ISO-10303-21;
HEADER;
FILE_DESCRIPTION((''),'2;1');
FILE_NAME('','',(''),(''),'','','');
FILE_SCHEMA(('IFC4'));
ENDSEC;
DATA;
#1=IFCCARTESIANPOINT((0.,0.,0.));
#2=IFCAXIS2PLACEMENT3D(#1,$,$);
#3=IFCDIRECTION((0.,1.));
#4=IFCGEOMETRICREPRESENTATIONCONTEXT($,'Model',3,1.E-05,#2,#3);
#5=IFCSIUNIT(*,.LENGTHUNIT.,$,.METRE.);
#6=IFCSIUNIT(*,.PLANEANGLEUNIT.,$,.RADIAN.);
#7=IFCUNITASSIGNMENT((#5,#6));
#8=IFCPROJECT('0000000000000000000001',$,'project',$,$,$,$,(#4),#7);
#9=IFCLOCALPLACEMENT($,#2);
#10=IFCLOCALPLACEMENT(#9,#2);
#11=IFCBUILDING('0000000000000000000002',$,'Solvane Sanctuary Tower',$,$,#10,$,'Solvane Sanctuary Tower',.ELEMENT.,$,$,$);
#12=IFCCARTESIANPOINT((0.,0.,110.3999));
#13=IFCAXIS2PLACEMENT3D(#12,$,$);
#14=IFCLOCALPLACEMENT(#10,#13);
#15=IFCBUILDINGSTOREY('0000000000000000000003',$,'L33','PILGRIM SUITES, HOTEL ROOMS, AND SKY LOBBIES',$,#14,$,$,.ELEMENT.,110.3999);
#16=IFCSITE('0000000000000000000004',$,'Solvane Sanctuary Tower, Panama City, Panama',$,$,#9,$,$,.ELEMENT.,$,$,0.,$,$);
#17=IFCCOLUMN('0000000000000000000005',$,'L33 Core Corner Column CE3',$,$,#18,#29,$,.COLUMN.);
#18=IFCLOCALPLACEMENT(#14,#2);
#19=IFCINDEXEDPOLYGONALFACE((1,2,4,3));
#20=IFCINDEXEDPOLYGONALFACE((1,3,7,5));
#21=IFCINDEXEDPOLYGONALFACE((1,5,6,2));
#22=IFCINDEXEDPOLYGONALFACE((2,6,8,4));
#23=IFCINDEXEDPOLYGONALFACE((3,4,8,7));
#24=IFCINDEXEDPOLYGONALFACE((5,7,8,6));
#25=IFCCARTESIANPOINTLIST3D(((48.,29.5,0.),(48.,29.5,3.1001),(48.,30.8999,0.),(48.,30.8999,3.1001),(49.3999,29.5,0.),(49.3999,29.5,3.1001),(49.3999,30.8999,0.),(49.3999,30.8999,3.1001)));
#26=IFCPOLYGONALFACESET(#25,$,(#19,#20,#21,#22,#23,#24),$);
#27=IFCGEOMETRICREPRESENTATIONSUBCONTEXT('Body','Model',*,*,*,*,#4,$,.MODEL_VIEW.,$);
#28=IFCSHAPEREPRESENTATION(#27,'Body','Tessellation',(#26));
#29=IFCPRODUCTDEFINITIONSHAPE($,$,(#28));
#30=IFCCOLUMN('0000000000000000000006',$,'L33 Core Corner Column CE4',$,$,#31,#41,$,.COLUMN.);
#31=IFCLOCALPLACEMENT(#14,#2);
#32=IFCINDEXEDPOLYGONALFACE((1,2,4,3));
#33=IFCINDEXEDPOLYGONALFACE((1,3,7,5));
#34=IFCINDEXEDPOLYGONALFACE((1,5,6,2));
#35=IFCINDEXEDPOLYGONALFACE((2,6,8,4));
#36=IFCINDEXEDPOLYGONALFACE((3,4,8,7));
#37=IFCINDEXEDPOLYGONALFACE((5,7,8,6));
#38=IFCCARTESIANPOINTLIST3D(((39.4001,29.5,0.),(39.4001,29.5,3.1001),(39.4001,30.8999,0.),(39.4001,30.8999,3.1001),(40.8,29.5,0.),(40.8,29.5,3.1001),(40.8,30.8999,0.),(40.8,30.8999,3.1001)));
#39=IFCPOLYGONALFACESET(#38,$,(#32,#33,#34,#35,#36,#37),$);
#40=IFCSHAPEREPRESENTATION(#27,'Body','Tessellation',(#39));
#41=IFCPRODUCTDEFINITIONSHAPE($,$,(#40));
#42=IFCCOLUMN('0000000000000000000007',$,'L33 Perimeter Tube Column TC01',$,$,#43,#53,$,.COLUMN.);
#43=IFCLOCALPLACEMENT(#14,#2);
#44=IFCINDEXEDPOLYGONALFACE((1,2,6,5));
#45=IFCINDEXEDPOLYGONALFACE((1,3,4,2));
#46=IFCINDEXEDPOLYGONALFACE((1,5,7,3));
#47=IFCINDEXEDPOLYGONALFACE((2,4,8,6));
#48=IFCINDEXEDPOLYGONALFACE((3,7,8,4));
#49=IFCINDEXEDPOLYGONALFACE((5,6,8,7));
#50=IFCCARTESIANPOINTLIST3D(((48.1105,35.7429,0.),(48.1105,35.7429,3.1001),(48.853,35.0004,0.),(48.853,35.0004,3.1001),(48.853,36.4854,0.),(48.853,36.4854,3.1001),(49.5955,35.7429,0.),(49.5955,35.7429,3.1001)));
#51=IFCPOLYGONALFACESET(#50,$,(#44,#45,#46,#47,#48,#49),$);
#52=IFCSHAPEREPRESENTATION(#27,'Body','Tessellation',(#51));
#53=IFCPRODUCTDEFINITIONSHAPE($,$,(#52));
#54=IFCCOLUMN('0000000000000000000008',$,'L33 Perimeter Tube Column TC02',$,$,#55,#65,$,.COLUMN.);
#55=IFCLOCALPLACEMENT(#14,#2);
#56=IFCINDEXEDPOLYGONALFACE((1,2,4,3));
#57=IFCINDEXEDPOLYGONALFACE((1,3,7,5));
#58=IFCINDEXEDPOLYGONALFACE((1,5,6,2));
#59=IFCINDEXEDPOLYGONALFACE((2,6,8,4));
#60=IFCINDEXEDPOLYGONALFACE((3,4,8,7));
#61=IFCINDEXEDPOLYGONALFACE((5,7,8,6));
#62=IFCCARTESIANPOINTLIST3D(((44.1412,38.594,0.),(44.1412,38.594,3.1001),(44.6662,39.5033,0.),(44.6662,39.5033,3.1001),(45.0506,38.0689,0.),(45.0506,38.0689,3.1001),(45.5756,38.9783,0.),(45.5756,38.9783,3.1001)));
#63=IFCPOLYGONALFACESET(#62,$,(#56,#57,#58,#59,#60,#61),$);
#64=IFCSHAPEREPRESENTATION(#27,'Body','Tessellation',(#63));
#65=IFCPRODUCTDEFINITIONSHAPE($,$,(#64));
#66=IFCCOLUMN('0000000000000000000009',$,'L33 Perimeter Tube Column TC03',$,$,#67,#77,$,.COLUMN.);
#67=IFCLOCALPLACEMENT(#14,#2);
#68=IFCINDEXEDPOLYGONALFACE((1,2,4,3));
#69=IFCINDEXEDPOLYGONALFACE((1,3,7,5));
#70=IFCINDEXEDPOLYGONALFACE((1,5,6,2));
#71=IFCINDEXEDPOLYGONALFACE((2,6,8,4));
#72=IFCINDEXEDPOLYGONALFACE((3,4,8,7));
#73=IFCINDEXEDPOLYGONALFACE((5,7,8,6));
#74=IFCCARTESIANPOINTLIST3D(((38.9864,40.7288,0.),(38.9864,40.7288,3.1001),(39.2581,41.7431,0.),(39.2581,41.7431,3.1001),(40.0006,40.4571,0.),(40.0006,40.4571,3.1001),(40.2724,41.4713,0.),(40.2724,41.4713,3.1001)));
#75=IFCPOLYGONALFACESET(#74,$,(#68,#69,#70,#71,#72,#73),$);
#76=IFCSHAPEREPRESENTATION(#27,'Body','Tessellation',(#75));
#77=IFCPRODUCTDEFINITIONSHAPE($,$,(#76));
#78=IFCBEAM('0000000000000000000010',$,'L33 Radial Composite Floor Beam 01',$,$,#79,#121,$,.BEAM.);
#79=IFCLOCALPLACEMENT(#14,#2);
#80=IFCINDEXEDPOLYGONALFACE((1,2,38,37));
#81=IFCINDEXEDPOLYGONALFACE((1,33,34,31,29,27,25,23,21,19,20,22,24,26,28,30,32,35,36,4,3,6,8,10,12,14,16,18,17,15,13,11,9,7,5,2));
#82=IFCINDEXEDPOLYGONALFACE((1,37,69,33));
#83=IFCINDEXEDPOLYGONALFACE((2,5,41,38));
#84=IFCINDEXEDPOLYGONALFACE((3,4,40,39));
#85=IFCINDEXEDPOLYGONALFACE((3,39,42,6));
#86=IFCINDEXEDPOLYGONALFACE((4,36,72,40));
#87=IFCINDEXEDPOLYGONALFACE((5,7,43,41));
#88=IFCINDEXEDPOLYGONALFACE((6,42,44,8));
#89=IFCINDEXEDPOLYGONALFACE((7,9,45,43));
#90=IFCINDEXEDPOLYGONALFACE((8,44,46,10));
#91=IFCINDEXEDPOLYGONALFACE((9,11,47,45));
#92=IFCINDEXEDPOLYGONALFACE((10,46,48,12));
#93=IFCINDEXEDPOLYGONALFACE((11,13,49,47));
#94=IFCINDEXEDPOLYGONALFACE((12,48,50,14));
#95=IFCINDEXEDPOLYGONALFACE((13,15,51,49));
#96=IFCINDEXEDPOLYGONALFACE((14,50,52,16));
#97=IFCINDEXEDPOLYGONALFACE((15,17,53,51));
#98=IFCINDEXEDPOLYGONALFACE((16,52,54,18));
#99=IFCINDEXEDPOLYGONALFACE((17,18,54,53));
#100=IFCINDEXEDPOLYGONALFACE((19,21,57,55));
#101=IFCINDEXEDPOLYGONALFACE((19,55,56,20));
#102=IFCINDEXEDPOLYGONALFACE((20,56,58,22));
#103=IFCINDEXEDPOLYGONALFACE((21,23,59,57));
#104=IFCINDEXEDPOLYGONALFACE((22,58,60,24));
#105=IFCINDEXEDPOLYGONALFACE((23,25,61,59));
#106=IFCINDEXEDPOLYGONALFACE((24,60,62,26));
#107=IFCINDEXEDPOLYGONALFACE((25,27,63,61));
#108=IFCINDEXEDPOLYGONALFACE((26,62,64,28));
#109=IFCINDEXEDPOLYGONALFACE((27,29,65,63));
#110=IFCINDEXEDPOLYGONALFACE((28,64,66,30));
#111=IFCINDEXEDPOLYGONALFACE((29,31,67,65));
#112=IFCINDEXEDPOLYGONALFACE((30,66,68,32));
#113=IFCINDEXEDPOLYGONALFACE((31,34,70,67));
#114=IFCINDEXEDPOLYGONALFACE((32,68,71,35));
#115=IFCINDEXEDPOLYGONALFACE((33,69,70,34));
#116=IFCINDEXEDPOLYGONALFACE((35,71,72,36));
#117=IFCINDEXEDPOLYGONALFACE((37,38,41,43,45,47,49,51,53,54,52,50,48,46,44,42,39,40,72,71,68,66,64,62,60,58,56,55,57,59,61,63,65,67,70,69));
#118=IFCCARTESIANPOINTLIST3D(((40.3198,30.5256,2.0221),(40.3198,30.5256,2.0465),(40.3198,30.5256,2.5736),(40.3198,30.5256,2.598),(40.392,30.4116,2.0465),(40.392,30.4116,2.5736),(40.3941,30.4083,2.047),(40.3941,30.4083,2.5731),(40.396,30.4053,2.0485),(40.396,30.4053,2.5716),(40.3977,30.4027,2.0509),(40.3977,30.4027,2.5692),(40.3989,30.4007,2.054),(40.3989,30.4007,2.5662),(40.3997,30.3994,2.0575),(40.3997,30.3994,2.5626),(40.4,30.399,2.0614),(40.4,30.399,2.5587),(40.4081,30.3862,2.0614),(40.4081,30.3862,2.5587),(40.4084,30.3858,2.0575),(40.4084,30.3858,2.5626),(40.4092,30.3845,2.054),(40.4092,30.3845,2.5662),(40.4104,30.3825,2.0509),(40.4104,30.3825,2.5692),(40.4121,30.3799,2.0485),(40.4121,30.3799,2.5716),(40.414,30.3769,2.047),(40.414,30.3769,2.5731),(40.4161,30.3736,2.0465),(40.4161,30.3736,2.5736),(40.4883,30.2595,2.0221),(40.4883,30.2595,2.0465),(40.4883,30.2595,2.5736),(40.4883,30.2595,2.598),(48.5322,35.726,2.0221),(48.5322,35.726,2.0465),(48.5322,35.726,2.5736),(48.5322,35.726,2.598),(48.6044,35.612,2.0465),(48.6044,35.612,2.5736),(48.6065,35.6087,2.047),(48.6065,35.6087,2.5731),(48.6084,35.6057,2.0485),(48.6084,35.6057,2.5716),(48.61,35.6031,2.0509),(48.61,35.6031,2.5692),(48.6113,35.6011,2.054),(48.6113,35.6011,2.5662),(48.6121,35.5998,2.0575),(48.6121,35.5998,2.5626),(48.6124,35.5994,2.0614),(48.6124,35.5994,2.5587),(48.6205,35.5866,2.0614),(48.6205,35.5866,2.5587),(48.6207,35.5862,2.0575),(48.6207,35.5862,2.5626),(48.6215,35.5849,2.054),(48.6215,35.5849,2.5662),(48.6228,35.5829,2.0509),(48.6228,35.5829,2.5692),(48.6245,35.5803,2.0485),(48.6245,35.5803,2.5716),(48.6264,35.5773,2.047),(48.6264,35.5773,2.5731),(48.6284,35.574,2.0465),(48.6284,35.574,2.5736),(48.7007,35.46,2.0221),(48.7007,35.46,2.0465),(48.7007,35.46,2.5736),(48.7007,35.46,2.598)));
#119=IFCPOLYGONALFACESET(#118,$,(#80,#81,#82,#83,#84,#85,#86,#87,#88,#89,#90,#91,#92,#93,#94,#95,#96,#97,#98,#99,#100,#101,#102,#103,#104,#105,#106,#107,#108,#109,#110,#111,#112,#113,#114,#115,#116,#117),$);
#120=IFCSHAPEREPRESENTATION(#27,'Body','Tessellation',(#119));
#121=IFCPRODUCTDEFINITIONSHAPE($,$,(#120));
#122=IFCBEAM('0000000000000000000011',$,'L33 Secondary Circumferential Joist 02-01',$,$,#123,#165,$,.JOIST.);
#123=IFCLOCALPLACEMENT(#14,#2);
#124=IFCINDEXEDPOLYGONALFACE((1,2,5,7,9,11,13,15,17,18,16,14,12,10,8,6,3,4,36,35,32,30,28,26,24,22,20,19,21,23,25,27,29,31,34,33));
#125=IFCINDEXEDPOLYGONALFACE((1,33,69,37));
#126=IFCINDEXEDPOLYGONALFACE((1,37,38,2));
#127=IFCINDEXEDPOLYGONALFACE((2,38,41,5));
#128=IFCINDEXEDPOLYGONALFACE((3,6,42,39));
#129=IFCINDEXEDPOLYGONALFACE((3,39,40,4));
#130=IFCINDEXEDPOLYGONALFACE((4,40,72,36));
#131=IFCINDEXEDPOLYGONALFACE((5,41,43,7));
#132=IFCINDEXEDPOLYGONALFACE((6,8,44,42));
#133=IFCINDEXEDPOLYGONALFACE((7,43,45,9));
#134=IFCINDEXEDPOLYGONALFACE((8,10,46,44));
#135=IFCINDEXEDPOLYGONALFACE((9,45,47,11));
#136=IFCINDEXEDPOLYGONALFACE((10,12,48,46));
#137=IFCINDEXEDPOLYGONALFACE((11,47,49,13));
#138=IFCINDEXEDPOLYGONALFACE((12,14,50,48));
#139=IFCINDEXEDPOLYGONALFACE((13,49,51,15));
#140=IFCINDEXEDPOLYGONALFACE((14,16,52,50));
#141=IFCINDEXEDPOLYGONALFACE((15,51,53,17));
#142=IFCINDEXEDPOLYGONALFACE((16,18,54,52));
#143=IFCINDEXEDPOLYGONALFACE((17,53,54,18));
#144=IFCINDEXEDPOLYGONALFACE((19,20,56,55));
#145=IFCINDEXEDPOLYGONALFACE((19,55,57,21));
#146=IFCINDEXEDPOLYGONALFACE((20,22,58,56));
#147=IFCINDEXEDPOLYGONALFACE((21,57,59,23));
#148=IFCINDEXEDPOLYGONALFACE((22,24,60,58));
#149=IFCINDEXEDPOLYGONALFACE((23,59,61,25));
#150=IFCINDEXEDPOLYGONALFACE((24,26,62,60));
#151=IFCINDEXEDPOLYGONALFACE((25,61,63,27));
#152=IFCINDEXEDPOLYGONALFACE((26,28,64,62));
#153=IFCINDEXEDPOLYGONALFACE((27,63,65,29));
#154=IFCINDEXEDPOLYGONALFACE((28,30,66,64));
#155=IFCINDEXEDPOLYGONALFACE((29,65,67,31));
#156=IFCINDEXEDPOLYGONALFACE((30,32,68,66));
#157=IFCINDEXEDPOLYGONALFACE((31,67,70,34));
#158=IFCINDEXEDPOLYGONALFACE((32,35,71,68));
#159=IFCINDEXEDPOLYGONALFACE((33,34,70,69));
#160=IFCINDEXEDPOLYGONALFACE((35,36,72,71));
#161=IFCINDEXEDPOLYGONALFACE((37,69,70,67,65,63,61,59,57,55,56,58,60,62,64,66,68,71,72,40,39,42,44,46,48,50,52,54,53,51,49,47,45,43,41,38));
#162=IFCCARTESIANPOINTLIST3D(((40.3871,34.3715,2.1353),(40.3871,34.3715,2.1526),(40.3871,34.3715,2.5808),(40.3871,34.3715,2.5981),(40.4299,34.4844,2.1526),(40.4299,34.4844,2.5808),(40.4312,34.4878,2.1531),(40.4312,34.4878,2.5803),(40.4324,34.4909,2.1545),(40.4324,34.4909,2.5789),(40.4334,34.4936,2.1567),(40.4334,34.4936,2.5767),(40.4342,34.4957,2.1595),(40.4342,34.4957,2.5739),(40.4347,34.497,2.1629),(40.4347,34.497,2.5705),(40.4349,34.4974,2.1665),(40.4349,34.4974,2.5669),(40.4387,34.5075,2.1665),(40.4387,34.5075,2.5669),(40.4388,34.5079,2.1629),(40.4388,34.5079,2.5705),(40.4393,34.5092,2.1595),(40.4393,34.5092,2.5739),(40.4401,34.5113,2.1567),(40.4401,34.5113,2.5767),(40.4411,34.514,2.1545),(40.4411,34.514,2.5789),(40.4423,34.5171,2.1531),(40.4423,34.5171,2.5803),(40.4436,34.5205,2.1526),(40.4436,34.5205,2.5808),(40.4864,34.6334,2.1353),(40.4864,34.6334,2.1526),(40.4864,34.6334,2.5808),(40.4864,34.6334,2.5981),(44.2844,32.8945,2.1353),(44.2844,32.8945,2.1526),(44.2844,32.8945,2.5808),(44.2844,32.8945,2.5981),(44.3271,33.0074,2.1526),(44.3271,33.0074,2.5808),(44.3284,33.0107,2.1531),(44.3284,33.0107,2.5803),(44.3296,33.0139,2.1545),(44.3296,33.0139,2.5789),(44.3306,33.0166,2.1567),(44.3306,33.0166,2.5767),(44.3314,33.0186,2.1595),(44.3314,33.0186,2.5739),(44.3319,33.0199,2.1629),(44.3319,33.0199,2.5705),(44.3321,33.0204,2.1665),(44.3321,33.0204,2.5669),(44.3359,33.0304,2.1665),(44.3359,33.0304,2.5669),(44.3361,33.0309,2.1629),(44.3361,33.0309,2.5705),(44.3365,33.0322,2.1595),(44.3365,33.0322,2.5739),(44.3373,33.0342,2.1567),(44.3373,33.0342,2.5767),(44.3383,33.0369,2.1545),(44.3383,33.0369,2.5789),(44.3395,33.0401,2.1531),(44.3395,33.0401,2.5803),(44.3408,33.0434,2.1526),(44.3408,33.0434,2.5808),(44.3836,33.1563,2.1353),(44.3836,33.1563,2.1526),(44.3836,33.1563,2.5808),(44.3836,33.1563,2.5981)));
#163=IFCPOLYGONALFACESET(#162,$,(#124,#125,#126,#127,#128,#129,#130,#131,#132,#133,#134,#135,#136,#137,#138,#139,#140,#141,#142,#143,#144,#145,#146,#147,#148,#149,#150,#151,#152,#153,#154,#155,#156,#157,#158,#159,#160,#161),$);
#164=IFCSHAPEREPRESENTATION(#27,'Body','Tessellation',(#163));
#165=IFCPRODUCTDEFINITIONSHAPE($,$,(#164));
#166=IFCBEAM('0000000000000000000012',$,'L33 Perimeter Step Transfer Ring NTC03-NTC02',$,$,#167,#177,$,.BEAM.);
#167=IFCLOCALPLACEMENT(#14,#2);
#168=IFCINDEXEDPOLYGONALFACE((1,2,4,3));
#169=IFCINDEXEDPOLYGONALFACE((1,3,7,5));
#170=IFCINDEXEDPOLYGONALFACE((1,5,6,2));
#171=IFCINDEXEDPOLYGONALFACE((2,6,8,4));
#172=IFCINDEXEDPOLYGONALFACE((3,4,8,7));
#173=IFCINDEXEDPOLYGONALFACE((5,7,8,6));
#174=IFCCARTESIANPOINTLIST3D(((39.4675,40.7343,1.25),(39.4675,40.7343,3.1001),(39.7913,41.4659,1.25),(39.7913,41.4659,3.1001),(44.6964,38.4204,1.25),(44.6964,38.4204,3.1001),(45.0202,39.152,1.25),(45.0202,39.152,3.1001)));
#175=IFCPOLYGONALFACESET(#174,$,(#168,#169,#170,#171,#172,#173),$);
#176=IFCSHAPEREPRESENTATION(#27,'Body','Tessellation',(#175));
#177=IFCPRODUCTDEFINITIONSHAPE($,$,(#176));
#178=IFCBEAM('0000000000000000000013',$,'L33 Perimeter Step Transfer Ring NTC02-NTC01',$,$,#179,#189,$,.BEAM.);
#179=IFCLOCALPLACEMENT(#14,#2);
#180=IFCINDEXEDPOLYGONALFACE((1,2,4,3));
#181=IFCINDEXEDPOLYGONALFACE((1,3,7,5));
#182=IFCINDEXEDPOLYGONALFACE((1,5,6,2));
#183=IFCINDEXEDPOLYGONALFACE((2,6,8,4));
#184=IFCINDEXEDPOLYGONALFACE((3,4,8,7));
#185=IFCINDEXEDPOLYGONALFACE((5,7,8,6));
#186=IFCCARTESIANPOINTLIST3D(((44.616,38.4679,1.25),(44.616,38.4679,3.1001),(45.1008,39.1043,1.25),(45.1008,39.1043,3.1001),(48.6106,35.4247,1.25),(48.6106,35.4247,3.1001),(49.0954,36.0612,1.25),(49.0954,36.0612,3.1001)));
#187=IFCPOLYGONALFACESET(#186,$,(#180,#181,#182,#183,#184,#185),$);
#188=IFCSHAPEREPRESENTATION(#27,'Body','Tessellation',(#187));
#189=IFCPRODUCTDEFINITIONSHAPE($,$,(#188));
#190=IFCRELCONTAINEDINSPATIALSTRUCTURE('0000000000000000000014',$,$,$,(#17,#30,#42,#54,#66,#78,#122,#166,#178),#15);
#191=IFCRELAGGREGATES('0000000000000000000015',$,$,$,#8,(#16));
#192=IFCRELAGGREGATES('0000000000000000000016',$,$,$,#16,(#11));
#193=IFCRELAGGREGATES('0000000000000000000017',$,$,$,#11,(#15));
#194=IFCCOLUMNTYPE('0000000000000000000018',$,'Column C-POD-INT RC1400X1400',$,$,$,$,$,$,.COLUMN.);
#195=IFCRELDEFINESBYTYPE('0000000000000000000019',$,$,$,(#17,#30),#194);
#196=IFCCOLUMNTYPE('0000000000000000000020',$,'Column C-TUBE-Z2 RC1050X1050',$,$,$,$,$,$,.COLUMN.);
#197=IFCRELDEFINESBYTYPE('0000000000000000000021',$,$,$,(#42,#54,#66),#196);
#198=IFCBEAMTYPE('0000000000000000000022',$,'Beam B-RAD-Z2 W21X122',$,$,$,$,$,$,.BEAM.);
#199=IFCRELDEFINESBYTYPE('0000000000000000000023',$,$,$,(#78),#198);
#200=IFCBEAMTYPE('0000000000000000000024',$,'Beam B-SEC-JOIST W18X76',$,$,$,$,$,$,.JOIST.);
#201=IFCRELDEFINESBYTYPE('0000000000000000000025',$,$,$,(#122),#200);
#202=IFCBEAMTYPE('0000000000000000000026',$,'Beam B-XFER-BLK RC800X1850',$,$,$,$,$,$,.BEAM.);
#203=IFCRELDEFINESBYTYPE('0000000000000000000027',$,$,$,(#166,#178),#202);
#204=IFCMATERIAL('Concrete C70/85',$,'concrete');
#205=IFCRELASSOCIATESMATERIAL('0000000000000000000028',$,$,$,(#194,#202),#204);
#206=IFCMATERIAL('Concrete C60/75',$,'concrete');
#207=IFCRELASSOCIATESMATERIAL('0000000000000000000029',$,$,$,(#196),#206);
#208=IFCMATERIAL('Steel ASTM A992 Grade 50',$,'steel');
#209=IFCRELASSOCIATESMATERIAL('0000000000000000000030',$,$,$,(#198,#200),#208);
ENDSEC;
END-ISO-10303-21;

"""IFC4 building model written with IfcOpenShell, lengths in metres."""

from ifc_helpers import new_model, si_unit, direction, frame, origin, origin_2d, place, context, subcontext, project, spatial, rectangle, i_section, extrude, material, material_profile, profile_set, type_object, element, save


model = new_model("IFC4")

# Units and contexts
model_context = context("Model", 3, precision=1e-05, world=origin(), true_north=direction((0.0, 1.0)))
body_context = subcontext(model_context, "Body", "Model", "MODEL_VIEW")
ifc_project = project(units=[si_unit("LENGTHUNIT", "METRE"), si_unit("PLANEANGLEUNIT", "RADIAN")], contexts=[model_context])

# Site, building, storey
site_placement = place(None, origin())
site = spatial("IfcSite", under=ifc_project, at=site_placement, Name="Solvane Sanctuary Tower, Panama City, Panama", CompositionType="ELEMENT", RefElevation=0.0)
building_placement = place(site_placement, origin())
building = spatial("IfcBuilding", under=site, at=building_placement, Name="Solvane Sanctuary Tower", LongName="Solvane Sanctuary Tower", CompositionType="ELEMENT")
storey_placement = place(building_placement, frame((0.0, 0.0, 110.3999)))
storey = spatial("IfcBuildingStorey", under=building, at=storey_placement, Name="L33", Description="PILGRIM SUITES, HOTEL ROOMS, AND SKY LOBBIES", CompositionType="ELEMENT", Elevation=110.3999)

# Columns
ifc_material_1 = material(Name="Concrete C70/85", Category="concrete")
ifc_material_profile_1 = material_profile(ifc_material_1, rectangle(XDim=1.3999, YDim=1.3999, at=origin_2d()), Name="RC1400X1400")
ifc_profile_set_1 = profile_set([ifc_material_profile_1], Name="Concrete C70/85")
column_type_1 = type_object("IfcColumnType", Name="Column C-POD-INT RC1400X1400", PredefinedType="COLUMN", material=ifc_profile_set_1)
for number, where, z_axis, x_axis, name in (
    (1, (48.7, 30.2, 0.0), (0.0, 0.0, 1.0), (1.0, 0.0, 0.0), "L33 Core Corner Column CE3"),
    (2, (40.1001, 30.2, 0.0), (0.0, 0.0, 1.0), (1.0, 0.0, 0.0), "L33 Core Corner Column CE4"),
):
    element("IfcColumn", number, at=place(storey_placement, frame(where, z_axis=z_axis, x_axis=x_axis)), inside=storey, type_object=column_type_1, Name=name, PredefinedType="COLUMN", context=body_context, shape_type="SweptSolid", body=[
        extrude(rectangle(XDim=1.3999, YDim=1.3999, at=origin_2d()), origin(), (0.0, 0.0, 1.0), 3.1001),
    ])
ifc_material_2 = material(Name="Concrete C60/75", Category="concrete")
ifc_material_profile_2 = material_profile(ifc_material_2, rectangle(XDim=1.05, YDim=1.05, at=origin_2d()), Name="RC1050X1050")
ifc_profile_set_2 = profile_set([ifc_material_profile_2], Name="Concrete C60/75")
column_type_2 = type_object("IfcColumnType", Name="Column C-TUBE-Z2 RC1050X1050", PredefinedType="COLUMN", material=ifc_profile_set_2)
for number, where, z_axis, x_axis, name in (
    (3, (48.853, 35.7429, 0.0), (0.0, 0.0, 1.0), (0.707107, 0.707107, 0.0), "L33 Perimeter Tube Column TC01"),
    (4, (44.8584, 38.7861, 0.0), (0.0, 0.0, 1.0), (0.5, 0.866025, 0.0), "L33 Perimeter Tube Column TC02"),
    (5, (39.6294, 41.1001, 0.0), (0.0, 0.0, 1.0), (0.258819, 0.965926, 0.0), "L33 Perimeter Tube Column TC03"),
):
    element("IfcColumn", number, at=place(storey_placement, frame(where, z_axis=z_axis, x_axis=x_axis)), inside=storey, type_object=column_type_2, Name=name, PredefinedType="COLUMN", context=body_context, shape_type="SweptSolid", body=[
        extrude(rectangle(XDim=1.05, YDim=1.05, at=origin_2d()), origin(), (0.0, 0.0, 1.0), 3.1001),
    ])

# Beams
ifc_material_3 = material(Name="Steel ASTM A992 Grade 50", Category="steel")
ifc_material_profile_3 = material_profile(ifc_material_3, i_section(OverallWidth=0.3149, OverallDepth=0.5759, WebThickness=0.0151, FlangeThickness=0.0244, FilletRadius=0.0149, at=origin_2d()), Name="W21X122")
ifc_profile_set_3 = profile_set([ifc_material_profile_3], Name="Steel ASTM A992 Grade 50")
beam_type_1 = type_object("IfcBeamType", Name="Beam B-RAD-Z2 W21X122", PredefinedType="BEAM", material=ifc_profile_set_3)
beam_1_placement = place(storey_placement, frame((40.4041, 30.3926, 2.3101), z_axis=(0.844854, 0.534997, 0.0), x_axis=(-0.534997, 0.844854, 0.0)))
element("IfcBeam", 6, at=beam_1_placement, inside=storey, type_object=beam_type_1, Name="L33 Radial Composite Floor Beam 01", PredefinedType="BEAM", context=body_context, shape_type="SweptSolid", body=[
    extrude(i_section(OverallWidth=0.3149, OverallDepth=0.5759, WebThickness=0.0151, FlangeThickness=0.0244, FilletRadius=0.0149, at=origin_2d()), origin(), (0.0, 0.0, 1.0), 9.7205),
])
ifc_material_profile_4 = material_profile(ifc_material_3, i_section(OverallWidth=0.28, OverallDepth=0.4629, WebThickness=0.0107, FlangeThickness=0.0173, FilletRadius=0.0139, at=origin_2d()), Name="W18X76")
ifc_profile_set_4 = profile_set([ifc_material_profile_4], Name="Steel ASTM A992 Grade 50")
beam_type_2 = type_object("IfcBeamType", Name="Beam B-SEC-JOIST W18X76", PredefinedType="JOIST", material=ifc_profile_set_4)
beam_2_placement = place(storey_placement, frame((40.4368, 34.5024, 2.3667), z_axis=(0.935093, -0.354402, 0.0), x_axis=(0.354402, 0.935093, 0.0)))
element("IfcBeam", 7, at=beam_2_placement, inside=storey, type_object=beam_type_2, Name="L33 Secondary Circumferential Joist 02-01", PredefinedType="JOIST", context=body_context, shape_type="SweptSolid", body=[
    extrude(i_section(OverallWidth=0.28, OverallDepth=0.4629, WebThickness=0.0107, FlangeThickness=0.0173, FilletRadius=0.0139, at=origin_2d()), origin(), (0.0, 0.0, 1.0), 4.1677),
])
ifc_material_profile_5 = material_profile(ifc_material_1, rectangle(XDim=0.8, YDim=1.8501, at=origin_2d()), Name="RC800X1850")
ifc_profile_set_5 = profile_set([ifc_material_profile_5], Name="Concrete C70/85")
beam_type_3 = type_object("IfcBeamType", Name="Beam B-XFER-BLK RC800X1850", PredefinedType="BEAM", material=ifc_profile_set_5)
beam_3_placement = place(storey_placement, frame((39.6294, 41.1001, 2.175), z_axis=(0.914462, -0.404672, 0.0), x_axis=(0.404672, 0.914462, 0.0)))
element("IfcBeam", 8, at=beam_3_placement, inside=storey, type_object=beam_type_3, Name="L33 Perimeter Step Transfer Ring NTC03-NTC02", PredefinedType="BEAM", context=body_context, shape_type="SweptSolid", body=[
    extrude(rectangle(XDim=0.8, YDim=1.8501, at=origin_2d()), origin(), (0.0, 0.0, 1.0), 5.718),
])
beam_4_placement = place(storey_placement, frame((44.8584, 38.7861, 2.175), z_axis=(0.795462, -0.606004, 0.0), x_axis=(0.606004, 0.795462, 0.0)))
element("IfcBeam", 9, at=beam_4_placement, inside=storey, type_object=beam_type_3, Name="L33 Perimeter Step Transfer Ring NTC02-NTC01", PredefinedType="BEAM", context=body_context, shape_type="SweptSolid", body=[
    extrude(rectangle(XDim=0.8, YDim=1.8501, at=origin_2d()), origin(), (0.0, 0.0, 1.0), 5.0217),
])

save(model, "model.ifc")
